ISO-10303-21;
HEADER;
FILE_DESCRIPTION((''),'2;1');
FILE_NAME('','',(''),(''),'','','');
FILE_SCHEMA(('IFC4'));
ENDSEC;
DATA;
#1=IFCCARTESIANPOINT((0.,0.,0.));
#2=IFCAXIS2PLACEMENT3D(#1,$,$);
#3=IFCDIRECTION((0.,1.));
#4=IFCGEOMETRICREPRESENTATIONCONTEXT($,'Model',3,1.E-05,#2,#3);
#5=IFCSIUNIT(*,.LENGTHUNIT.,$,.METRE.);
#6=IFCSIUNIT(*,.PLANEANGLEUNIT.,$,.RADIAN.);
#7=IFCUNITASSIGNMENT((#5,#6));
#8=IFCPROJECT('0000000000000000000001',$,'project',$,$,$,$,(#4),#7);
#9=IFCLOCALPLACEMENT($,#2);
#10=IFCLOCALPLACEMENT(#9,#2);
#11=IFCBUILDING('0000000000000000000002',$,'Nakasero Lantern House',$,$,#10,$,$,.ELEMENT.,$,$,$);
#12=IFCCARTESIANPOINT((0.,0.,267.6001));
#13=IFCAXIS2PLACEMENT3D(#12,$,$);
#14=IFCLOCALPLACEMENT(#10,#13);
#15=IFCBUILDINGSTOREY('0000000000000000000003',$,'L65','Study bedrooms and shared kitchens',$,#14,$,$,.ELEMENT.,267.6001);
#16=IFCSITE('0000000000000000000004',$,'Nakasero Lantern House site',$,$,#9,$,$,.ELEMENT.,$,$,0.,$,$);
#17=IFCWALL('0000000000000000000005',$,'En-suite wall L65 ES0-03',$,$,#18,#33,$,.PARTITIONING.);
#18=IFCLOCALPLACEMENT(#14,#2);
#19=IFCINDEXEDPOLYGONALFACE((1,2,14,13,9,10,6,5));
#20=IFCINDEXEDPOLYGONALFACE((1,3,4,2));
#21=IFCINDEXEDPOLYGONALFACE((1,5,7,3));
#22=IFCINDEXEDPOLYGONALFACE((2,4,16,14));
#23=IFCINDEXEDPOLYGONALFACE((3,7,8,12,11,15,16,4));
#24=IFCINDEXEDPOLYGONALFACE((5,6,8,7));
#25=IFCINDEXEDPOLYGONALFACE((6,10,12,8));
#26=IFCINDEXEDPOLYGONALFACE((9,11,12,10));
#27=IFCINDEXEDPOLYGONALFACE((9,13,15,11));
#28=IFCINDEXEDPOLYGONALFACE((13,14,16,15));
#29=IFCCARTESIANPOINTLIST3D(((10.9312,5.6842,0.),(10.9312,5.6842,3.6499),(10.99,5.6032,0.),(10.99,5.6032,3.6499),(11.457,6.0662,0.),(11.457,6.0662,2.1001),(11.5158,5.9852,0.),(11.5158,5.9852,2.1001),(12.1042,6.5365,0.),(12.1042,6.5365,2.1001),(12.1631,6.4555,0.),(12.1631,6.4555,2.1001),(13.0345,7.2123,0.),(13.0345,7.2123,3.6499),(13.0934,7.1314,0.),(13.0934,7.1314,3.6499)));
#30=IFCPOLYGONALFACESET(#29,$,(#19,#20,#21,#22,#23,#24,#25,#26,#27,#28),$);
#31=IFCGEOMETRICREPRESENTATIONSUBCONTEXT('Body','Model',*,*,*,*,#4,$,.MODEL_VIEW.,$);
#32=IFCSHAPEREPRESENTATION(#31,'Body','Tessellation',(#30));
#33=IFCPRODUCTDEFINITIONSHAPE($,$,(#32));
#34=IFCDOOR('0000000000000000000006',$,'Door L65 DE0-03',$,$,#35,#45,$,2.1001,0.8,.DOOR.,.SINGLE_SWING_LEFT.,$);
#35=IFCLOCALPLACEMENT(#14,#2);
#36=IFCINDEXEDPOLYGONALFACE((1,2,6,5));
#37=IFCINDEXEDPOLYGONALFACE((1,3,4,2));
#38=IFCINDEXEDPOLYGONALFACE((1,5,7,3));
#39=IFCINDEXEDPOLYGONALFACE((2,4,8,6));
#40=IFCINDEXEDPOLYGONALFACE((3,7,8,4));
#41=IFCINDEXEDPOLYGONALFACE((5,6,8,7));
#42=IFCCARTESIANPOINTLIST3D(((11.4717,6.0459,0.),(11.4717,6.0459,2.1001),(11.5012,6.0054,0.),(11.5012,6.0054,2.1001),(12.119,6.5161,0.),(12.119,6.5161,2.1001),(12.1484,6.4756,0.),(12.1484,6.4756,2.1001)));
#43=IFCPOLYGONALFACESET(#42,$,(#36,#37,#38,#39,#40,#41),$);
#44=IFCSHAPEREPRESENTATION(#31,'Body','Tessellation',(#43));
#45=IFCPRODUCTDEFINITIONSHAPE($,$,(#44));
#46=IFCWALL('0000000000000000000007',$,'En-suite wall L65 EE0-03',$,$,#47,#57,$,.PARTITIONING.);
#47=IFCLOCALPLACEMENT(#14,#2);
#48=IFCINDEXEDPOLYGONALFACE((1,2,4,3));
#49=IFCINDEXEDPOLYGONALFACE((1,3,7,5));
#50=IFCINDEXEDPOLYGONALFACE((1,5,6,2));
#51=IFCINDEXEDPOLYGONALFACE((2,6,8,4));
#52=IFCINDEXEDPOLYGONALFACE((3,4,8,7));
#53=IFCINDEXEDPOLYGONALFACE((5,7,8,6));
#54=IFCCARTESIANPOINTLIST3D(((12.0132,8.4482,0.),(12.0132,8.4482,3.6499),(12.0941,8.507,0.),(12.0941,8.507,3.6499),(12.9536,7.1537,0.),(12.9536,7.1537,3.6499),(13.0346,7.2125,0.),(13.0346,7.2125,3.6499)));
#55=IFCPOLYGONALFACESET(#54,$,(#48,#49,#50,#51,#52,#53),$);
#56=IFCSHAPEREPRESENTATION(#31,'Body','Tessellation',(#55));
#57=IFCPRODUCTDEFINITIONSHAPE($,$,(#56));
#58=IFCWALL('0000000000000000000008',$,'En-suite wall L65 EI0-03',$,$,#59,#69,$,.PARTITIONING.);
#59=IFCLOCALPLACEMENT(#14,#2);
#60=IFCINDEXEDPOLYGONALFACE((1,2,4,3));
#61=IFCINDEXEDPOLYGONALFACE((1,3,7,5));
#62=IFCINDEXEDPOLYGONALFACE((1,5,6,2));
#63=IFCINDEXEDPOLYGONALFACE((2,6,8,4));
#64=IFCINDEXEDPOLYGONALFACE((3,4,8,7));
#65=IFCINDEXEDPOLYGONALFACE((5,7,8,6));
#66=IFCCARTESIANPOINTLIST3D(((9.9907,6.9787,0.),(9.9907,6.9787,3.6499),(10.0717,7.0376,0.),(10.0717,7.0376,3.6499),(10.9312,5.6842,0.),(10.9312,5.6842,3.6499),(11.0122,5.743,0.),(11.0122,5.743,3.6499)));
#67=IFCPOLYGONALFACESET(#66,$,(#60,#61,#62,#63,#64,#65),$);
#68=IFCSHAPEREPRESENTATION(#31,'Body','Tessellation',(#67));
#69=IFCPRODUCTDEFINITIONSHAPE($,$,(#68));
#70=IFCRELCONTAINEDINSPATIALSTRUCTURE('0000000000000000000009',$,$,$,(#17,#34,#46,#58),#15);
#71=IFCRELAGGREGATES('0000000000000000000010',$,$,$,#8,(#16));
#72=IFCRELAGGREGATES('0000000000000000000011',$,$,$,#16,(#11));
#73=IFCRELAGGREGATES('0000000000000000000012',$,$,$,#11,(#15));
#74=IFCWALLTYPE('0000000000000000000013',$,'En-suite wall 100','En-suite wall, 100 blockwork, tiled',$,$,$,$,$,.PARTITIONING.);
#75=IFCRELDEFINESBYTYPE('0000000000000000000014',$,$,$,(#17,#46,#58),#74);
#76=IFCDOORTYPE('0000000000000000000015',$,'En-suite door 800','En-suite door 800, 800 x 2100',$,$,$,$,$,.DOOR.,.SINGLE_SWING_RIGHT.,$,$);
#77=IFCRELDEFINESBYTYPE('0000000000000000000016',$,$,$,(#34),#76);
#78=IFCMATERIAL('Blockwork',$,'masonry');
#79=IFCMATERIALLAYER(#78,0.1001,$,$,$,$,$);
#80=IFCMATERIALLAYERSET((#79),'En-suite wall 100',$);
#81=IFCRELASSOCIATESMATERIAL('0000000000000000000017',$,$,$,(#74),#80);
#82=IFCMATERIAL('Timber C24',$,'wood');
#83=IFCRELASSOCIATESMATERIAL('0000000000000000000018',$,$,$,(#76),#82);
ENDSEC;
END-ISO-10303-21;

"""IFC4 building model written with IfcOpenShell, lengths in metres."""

from ifc_helpers import new_model, si_unit, direction, frame, frame_2d, origin, place, context, subcontext, project, spatial, rectangle, extrude, material, layer, layer_set, type_object, element, fill, save


model = new_model("IFC4")

# Units and contexts
model_context = context("Model", 3, precision=1e-05, world=origin(), true_north=direction((0.0, 1.0)))
body_context = subcontext(model_context, "Body", "Model", "MODEL_VIEW")
ifc_project = project(units=[si_unit("LENGTHUNIT", "METRE"), si_unit("PLANEANGLEUNIT", "RADIAN")], contexts=[model_context])

# Site, building, storey
site_placement = place(None, origin())
site = spatial("IfcSite", under=ifc_project, at=site_placement, Name="Nakasero Lantern House site", CompositionType="ELEMENT", RefElevation=0.0)
building_placement = place(site_placement, origin())
building = spatial("IfcBuilding", under=site, at=building_placement, Name="Nakasero Lantern House", CompositionType="ELEMENT")
storey_placement = place(building_placement, frame((0.0, 0.0, 267.6001)))
storey = spatial("IfcBuildingStorey", under=building, at=storey_placement, Name="L65", Description="Study bedrooms and shared kitchens", CompositionType="ELEMENT", Elevation=267.6001)

# Wall, opening, door
ifc_material_1 = material(Name="Blockwork", Category="masonry")
ifc_layer_1 = layer(ifc_material_1, 0.1001)
ifc_layer_set_1 = layer_set([ifc_layer_1], Name="En-suite wall 100")
wall_type_1 = type_object("IfcWallType", Name="En-suite wall 100", Description="En-suite wall, 100 blockwork, tiled", PredefinedType="PARTITIONING", material=ifc_layer_set_1)
wall_1_placement = place(storey_placement, frame((10.9607, 5.6438, 0.0), z_axis=(0.0, 0.0, 1.0), x_axis=(0.809024, 0.587775, 0.0)))
wall_1 = element("IfcWall", 1, at=wall_1_placement, inside=storey, type_object=wall_type_1, Name="En-suite wall L65 ES0-03", PredefinedType="PARTITIONING", context=body_context, shape_type="SweptSolid", body=[
    extrude(rectangle(XDim=2.5999, YDim=0.1001, at=frame_2d((1.2998, 0.0))), origin(), (0.0, 0.0, 1.0), 3.6499),
])
opening_1_placement = place(wall_1_placement, frame((0.6499, 0.0, 0.0)))
opening_1 = element("IfcOpeningElement", 2, at=opening_1_placement, cuts=wall_1, PredefinedType="OPENING", context=body_context, shape_type="SweptSolid", body=[
    extrude(rectangle(XDim=0.8, YDim=2.1001, at=frame_2d((0.3999, 1.05))), frame((0.0, 0.0701, 0.0), z_axis=(0.0, -1.0, 0.0), x_axis=(1.0, 0.0, 0.0)), (0.0, 0.0, 1.0), 0.1401),
])
ifc_material_2 = material(Name="Timber C24", Category="wood")
door_type_1 = type_object("IfcDoorType", Name="En-suite door 800", Description="En-suite door 800, 800 x 2100", OperationType="SINGLE_SWING_RIGHT", PredefinedType="DOOR", material=ifc_material_2)
door_1_placement = place(opening_1_placement, origin())
door_1 = element("IfcDoor", 3, at=door_1_placement, inside=storey, type_object=door_type_1, Name="Door L65 DE0-03", OperationType="SINGLE_SWING_LEFT", OverallHeight=2.1001, OverallWidth=0.8, PredefinedType="DOOR", context=body_context, shape_type="SweptSolid", body=[
    extrude(rectangle(XDim=0.8, YDim=2.1001, at=frame_2d((0.3999, 1.05))), frame((0.0, 0.0249, 0.0), z_axis=(0.0, -1.0, 0.0), x_axis=(1.0, 0.0, 0.0)), (0.0, 0.0, 1.0), 0.05),
])
fill(opening_1, door_1)

# Walls
for number, where, z_axis, x_axis, name in (
    (4, (12.9941, 7.1831, 0.0), (0.0, 0.0, 1.0), (-0.587772, 0.809026, 0.0), "En-suite wall L65 EE0-03"),
    (5, (10.9717, 5.7136, 0.0), (0.0, 0.0, 1.0), (-0.587772, 0.809026, 0.0), "En-suite wall L65 EI0-03"),
):
    element("IfcWall", number, at=place(storey_placement, frame(where, z_axis=z_axis, x_axis=x_axis)), inside=storey, type_object=wall_type_1, Name=name, PredefinedType="PARTITIONING", context=body_context, shape_type="SweptSolid", body=[
        extrude(rectangle(XDim=1.6001, YDim=0.1001, at=frame_2d((0.8, 0.0))), origin(), (0.0, 0.0, 1.0), 3.6499),
    ])

save(model, "model.ifc")
